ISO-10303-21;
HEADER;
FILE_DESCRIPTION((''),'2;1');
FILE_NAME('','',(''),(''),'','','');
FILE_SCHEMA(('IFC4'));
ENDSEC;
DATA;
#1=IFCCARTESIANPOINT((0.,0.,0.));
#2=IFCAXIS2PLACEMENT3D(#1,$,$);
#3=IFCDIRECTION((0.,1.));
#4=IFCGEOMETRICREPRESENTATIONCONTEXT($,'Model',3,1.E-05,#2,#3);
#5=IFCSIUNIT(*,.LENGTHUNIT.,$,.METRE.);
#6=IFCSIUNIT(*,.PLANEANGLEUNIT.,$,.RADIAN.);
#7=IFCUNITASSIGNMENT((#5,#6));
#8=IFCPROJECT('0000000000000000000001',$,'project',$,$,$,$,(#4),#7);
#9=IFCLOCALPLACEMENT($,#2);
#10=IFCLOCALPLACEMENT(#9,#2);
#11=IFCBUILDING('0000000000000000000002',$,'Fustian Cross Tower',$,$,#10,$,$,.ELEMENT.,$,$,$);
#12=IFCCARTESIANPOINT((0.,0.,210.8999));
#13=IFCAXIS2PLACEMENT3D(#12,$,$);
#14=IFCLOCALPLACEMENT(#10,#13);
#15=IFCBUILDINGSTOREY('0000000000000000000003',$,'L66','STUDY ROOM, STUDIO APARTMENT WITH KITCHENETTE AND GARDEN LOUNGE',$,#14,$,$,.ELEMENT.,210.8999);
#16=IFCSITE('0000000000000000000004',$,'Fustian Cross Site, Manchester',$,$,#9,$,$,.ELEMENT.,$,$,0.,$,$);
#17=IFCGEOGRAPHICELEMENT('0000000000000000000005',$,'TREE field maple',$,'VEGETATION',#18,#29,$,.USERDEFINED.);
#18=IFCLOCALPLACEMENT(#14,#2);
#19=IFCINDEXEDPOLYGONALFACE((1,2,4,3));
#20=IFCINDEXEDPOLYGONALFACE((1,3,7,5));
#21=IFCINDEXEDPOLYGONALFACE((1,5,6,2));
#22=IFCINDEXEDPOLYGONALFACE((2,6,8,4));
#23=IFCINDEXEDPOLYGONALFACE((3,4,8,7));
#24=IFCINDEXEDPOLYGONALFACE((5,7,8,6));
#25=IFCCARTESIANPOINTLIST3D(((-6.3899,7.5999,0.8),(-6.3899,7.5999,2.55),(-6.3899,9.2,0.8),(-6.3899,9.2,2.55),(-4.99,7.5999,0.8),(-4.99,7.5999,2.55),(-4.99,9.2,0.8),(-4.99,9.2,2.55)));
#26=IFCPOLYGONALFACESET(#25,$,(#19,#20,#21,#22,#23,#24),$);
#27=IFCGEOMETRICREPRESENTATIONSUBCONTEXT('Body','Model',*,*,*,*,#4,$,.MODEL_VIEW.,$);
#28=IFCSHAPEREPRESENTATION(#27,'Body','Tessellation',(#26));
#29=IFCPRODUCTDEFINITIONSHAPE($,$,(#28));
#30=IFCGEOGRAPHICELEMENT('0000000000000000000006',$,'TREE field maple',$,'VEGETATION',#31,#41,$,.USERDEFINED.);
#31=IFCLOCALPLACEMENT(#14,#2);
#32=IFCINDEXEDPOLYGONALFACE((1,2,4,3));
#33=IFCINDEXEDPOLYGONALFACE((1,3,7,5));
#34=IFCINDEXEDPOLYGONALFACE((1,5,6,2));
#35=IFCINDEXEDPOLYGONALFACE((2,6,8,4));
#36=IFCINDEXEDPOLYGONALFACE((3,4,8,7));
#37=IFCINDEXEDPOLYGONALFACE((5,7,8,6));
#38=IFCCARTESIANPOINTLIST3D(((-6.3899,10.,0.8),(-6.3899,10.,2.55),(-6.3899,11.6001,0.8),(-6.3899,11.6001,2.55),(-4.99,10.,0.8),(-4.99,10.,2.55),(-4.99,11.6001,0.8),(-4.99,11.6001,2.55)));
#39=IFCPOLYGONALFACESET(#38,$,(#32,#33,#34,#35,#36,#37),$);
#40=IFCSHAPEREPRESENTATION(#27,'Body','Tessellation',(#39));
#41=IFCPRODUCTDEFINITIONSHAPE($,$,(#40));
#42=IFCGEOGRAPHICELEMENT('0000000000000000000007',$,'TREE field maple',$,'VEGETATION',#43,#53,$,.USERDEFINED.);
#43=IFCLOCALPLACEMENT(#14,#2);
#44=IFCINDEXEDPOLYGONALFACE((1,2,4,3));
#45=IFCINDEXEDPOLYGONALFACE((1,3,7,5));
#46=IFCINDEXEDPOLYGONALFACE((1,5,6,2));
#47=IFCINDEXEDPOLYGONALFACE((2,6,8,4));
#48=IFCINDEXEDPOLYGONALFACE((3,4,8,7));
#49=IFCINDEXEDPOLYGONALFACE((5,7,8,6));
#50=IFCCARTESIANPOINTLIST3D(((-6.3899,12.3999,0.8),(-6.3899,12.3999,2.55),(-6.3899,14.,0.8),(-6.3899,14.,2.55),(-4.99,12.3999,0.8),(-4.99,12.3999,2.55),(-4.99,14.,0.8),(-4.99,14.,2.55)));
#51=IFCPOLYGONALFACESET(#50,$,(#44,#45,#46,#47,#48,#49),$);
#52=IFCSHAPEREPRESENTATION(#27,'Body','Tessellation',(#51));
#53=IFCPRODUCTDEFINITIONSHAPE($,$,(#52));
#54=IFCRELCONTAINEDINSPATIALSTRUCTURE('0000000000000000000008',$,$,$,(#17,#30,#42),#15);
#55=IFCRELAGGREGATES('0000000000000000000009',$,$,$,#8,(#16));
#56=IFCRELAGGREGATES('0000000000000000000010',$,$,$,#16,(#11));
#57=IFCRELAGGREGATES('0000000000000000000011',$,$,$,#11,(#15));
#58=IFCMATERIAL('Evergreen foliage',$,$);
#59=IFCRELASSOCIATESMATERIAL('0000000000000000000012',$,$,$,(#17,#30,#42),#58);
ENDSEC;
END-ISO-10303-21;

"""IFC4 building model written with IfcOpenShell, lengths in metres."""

from ifc_helpers import new_model, si_unit, direction, frame, origin, origin_2d, place, context, subcontext, project, spatial, rectangle, extrude, material, element, save


model = new_model("IFC4")

# Units and contexts
model_context = context("Model", 3, precision=1e-05, world=origin(), true_north=direction((0.0, 1.0)))
body_context = subcontext(model_context, "Body", "Model", "MODEL_VIEW")
ifc_project = project(units=[si_unit("LENGTHUNIT", "METRE"), si_unit("PLANEANGLEUNIT", "RADIAN")], contexts=[model_context])

# Site, building, storey
site_placement = place(None, origin())
site = spatial("IfcSite", under=ifc_project, at=site_placement, Name="Fustian Cross Site, Manchester", CompositionType="ELEMENT", RefElevation=0.0)
building_placement = place(site_placement, origin())
building = spatial("IfcBuilding", under=site, at=building_placement, Name="Fustian Cross Tower", CompositionType="ELEMENT")
storey_placement = place(building_placement, frame((0.0, 0.0, 210.8999)))
storey = spatial("IfcBuildingStorey", under=building, at=storey_placement, Name="L66", Description="STUDY ROOM, STUDIO APARTMENT WITH KITCHENETTE AND GARDEN LOUNGE", CompositionType="ELEMENT", Elevation=210.8999)

# Geographic elements
ifc_material_1 = material(Name="Evergreen foliage")
for number, where, z_axis, x_axis, name in (
    (1, (-5.6899, 8.3999, 0.8), (0.0, 0.0, 1.0), (1.0, 0.0, 0.0), "TREE field maple"),
    (2, (-5.6899, 10.8, 0.8), (0.0, 0.0, 1.0), (1.0, 0.0, 0.0), "TREE field maple"),
    (3, (-5.6899, 13.2, 0.8), (0.0, 0.0, 1.0), (1.0, 0.0, 0.0), "TREE field maple"),
):
    element("IfcGeographicElement", number, at=place(storey_placement, frame(where, z_axis=z_axis, x_axis=x_axis)), inside=storey, material=ifc_material_1, Name=name, ObjectType="VEGETATION", PredefinedType="USERDEFINED", context=body_context, shape_type="SweptSolid", body=[
        extrude(rectangle(XDim=1.3999, YDim=1.6001, at=origin_2d()), origin(), (0.0, 0.0, 1.0), 1.75),
    ])

save(model, "model.ifc")
